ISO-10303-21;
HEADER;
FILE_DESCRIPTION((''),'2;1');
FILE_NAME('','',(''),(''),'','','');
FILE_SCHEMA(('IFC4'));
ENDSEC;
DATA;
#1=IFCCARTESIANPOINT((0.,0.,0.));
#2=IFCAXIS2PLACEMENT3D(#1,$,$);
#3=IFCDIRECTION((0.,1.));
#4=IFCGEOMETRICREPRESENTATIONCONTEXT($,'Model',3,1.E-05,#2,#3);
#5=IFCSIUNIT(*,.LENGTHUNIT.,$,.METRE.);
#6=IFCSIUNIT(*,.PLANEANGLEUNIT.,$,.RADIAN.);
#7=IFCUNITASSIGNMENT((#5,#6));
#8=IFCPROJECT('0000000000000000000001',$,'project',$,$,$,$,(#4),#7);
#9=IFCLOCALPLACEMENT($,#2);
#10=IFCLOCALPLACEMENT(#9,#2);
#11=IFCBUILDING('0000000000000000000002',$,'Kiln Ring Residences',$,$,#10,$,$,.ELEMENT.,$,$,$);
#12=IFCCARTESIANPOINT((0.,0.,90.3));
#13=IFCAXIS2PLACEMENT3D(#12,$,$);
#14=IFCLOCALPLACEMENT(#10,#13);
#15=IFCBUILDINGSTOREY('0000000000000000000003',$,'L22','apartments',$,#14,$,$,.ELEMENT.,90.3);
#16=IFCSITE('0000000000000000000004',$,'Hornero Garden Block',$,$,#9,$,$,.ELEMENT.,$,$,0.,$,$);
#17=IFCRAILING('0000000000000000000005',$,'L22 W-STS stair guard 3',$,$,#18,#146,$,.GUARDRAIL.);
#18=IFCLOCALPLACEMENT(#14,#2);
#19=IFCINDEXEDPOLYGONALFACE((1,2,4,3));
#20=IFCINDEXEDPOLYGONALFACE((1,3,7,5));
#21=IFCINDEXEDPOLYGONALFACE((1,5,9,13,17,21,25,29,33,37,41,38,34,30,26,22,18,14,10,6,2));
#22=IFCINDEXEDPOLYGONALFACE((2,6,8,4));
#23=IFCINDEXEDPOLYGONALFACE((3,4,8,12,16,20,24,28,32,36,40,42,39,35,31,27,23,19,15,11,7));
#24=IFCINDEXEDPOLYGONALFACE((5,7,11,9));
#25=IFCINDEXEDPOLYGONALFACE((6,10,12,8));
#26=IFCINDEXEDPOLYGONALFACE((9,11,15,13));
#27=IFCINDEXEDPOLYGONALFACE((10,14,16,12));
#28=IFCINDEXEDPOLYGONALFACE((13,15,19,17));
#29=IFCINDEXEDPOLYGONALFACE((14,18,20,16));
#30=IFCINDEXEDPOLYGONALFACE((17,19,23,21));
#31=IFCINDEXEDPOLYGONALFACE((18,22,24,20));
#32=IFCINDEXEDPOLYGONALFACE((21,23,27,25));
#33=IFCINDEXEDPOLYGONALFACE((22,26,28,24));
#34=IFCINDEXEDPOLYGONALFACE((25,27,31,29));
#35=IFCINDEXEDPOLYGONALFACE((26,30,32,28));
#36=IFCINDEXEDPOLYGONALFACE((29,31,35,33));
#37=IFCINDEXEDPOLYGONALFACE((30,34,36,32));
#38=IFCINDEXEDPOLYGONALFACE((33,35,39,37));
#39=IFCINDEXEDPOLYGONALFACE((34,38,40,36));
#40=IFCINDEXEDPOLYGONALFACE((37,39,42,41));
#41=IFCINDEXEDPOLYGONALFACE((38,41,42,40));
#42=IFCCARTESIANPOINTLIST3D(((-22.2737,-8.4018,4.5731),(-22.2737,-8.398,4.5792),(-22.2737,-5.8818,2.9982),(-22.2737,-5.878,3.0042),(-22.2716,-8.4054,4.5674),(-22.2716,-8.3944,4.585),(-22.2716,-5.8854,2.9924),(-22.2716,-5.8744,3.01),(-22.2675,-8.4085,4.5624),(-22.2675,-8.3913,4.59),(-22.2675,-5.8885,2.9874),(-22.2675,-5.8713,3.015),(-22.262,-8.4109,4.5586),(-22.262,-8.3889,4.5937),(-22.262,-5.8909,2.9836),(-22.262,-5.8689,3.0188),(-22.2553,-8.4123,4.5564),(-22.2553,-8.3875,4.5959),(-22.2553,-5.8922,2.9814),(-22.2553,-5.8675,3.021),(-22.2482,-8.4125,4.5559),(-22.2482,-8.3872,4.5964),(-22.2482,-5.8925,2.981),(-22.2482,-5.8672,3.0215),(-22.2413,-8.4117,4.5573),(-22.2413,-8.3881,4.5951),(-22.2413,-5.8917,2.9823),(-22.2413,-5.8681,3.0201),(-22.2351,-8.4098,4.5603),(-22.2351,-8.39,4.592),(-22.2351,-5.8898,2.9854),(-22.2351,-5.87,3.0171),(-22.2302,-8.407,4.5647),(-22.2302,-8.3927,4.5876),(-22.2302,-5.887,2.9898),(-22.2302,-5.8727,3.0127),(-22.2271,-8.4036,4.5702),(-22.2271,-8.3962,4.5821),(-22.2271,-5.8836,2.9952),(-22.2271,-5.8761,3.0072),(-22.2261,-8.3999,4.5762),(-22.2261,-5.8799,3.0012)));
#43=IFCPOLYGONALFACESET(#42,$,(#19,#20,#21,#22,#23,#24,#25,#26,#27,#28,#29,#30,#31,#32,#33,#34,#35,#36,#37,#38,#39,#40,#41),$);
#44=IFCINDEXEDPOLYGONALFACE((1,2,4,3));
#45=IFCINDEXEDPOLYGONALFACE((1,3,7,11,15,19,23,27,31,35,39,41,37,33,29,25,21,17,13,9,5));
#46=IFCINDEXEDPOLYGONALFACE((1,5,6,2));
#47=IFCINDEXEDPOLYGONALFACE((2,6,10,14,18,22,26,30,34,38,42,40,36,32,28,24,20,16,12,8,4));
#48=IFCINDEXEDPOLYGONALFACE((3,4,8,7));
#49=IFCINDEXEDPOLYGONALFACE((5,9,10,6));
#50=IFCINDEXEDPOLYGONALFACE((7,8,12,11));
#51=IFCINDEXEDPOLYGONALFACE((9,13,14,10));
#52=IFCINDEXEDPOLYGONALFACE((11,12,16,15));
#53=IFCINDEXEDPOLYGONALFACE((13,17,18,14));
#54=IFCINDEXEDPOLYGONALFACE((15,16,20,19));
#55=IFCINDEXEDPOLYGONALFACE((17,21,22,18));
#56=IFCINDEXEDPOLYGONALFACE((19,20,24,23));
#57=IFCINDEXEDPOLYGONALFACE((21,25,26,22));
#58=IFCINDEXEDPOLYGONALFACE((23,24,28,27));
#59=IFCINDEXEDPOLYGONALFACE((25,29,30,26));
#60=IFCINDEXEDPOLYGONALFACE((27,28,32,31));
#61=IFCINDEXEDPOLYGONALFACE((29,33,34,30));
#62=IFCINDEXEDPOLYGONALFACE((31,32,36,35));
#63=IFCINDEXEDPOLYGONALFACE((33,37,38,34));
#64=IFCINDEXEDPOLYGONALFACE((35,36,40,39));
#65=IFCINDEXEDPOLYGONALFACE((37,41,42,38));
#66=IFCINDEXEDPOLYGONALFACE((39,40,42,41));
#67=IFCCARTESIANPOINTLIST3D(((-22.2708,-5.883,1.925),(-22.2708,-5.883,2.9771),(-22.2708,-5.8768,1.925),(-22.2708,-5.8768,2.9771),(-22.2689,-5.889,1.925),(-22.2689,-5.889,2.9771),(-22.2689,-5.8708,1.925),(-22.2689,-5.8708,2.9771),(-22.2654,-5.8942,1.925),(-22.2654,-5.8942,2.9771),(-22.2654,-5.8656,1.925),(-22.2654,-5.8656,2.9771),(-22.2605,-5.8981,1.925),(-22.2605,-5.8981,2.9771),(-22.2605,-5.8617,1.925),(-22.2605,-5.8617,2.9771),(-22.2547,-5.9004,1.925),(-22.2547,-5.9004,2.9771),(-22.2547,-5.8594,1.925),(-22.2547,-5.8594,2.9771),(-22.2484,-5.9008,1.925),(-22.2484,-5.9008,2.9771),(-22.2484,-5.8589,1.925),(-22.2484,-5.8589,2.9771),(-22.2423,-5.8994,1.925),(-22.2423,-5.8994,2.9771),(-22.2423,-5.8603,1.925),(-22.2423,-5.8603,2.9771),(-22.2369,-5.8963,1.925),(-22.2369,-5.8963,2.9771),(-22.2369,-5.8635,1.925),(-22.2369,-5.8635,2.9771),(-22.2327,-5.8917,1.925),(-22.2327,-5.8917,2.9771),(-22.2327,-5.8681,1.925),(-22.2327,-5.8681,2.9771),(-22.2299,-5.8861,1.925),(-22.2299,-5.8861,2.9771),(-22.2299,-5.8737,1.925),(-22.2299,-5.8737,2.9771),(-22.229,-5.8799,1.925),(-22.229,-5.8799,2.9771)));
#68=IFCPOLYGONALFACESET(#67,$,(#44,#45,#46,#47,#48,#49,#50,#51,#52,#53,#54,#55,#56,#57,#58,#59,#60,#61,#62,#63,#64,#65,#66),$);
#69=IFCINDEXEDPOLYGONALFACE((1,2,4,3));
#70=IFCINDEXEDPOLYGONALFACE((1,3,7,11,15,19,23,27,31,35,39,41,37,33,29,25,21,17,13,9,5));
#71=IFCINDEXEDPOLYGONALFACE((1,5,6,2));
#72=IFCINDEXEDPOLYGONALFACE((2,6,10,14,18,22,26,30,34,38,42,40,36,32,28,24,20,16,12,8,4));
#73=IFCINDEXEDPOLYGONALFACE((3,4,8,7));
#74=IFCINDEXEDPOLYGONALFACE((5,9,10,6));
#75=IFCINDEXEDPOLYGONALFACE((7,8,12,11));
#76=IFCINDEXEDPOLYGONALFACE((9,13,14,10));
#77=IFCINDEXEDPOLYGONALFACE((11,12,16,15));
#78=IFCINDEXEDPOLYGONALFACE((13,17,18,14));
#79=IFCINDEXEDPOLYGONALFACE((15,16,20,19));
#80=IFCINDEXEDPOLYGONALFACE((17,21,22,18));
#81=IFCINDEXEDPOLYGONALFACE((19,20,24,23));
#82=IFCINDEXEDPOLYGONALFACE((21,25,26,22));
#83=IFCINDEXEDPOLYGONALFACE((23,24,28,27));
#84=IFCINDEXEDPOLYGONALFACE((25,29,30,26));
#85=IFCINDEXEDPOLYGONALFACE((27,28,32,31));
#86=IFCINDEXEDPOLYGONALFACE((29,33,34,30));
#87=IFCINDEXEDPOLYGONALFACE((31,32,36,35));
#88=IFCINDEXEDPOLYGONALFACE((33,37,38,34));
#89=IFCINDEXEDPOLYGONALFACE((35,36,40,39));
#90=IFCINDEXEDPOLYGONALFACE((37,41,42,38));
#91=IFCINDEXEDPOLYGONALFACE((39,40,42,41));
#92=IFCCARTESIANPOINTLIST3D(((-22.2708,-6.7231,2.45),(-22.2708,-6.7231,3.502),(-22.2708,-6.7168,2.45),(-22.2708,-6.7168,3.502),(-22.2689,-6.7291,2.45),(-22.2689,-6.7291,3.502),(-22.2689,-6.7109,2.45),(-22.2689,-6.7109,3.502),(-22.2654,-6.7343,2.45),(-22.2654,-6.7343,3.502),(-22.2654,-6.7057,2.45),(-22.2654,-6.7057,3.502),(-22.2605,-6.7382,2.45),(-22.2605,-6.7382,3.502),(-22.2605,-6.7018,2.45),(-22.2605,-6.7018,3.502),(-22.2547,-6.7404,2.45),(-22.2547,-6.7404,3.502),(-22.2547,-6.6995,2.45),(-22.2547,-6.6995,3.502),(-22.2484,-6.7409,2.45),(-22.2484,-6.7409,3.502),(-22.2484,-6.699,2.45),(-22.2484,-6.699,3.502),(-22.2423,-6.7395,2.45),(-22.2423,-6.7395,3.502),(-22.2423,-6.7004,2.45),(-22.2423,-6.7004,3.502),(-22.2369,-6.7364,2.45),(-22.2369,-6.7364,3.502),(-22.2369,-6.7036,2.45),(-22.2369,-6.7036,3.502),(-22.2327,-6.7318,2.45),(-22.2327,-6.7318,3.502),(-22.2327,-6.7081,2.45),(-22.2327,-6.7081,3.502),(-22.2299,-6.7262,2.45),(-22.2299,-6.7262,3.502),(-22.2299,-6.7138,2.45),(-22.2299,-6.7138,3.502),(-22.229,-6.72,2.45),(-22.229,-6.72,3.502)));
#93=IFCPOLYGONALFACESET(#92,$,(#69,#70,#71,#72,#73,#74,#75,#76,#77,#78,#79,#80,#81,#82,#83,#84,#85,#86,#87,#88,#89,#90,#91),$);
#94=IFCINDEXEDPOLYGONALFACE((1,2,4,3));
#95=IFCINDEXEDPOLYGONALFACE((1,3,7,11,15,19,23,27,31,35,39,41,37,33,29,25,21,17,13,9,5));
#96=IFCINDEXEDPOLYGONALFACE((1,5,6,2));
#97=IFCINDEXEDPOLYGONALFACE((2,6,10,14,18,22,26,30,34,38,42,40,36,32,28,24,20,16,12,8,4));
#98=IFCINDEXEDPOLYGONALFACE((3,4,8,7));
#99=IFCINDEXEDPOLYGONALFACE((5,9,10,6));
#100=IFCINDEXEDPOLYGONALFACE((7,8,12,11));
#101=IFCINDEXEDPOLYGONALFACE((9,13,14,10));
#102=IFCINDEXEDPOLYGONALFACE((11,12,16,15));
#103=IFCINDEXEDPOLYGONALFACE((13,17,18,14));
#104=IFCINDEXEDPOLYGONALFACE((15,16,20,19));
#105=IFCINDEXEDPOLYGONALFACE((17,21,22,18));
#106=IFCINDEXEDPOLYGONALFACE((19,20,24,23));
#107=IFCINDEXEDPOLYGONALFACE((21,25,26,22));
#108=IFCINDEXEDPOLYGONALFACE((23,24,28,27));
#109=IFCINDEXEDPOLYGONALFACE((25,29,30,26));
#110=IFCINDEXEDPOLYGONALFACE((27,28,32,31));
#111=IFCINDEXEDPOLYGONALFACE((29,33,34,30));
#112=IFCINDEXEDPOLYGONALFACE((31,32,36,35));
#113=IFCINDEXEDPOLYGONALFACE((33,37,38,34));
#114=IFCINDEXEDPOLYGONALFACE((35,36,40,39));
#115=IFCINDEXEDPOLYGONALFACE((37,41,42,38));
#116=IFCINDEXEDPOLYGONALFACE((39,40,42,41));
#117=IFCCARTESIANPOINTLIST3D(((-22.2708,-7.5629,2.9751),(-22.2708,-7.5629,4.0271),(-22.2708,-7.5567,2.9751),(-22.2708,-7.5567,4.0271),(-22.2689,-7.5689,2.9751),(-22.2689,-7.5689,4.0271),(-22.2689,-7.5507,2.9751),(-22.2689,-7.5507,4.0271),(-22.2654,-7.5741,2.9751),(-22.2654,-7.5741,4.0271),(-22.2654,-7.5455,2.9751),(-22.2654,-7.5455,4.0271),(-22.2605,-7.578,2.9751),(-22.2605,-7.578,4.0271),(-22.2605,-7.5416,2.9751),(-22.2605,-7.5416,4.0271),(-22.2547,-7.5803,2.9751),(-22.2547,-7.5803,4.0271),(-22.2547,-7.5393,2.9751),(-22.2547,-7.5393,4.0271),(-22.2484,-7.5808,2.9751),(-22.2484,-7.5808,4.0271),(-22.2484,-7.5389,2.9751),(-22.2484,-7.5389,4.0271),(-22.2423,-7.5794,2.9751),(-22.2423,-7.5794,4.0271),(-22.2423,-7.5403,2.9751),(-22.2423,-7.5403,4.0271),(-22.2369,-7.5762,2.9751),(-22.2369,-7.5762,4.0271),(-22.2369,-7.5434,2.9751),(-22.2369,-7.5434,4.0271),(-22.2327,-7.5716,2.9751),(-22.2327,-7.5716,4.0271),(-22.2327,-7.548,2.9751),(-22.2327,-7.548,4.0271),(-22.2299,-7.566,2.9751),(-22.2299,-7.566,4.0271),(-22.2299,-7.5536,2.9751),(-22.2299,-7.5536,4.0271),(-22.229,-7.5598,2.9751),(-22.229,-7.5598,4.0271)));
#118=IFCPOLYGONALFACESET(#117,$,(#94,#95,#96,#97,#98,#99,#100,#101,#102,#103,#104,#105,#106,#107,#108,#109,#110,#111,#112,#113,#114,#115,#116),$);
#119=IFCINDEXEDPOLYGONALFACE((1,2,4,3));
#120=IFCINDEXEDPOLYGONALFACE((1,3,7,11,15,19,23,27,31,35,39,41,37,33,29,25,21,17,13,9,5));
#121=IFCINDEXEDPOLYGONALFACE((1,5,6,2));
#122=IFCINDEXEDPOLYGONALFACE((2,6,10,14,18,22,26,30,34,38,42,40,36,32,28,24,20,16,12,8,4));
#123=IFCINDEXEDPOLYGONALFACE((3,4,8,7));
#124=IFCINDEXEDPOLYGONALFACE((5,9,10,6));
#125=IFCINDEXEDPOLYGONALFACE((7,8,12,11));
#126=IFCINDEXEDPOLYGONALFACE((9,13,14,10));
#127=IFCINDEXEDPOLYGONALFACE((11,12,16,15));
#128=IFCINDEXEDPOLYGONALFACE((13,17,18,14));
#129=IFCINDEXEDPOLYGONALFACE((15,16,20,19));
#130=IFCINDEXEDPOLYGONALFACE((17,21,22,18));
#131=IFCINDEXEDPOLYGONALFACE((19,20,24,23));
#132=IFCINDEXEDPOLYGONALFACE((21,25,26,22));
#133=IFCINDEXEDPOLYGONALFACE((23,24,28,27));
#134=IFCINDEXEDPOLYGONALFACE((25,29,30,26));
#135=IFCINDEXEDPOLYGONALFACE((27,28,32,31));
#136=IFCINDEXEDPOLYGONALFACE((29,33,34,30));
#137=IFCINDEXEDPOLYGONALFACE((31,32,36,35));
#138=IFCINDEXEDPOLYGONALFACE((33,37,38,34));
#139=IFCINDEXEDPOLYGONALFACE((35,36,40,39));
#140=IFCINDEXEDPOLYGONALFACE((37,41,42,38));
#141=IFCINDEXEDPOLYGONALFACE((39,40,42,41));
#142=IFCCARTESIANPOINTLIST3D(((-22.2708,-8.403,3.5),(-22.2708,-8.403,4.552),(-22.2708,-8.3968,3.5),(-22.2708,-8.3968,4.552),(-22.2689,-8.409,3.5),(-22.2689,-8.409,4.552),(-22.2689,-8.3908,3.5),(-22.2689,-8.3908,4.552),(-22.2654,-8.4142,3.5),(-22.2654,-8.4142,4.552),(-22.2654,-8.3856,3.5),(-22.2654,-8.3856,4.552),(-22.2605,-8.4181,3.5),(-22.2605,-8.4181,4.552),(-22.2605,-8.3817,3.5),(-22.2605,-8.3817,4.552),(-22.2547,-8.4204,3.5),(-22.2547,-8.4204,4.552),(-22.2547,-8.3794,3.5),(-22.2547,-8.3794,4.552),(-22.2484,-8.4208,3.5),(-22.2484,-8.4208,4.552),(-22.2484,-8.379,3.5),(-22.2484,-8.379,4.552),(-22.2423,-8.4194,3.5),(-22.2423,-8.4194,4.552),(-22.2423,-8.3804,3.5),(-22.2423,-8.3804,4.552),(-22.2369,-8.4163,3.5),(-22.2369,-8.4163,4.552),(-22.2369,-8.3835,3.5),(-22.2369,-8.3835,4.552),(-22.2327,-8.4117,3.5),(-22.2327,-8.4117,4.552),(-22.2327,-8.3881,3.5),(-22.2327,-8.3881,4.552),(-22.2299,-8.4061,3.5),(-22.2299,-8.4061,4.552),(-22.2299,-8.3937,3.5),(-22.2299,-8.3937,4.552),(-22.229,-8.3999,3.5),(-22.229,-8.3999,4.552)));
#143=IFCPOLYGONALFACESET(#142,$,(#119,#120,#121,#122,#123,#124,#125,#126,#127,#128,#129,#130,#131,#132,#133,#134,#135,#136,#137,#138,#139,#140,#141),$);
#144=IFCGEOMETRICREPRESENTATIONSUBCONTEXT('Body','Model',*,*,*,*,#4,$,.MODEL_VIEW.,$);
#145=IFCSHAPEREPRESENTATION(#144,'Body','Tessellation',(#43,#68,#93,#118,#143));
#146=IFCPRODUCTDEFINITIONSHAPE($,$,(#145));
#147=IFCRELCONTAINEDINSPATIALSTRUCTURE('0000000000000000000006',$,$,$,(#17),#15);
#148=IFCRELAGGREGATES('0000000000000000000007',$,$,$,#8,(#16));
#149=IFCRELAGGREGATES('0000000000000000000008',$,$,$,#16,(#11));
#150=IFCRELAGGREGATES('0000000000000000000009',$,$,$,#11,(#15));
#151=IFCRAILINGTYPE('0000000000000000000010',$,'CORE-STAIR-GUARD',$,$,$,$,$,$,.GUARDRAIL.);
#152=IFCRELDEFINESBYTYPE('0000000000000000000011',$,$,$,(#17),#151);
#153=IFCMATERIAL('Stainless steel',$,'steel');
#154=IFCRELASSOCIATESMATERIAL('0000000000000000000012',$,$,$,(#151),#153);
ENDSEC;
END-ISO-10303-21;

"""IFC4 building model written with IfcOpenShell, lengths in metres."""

from ifc_helpers import new_model, si_unit, direction, frame, origin, origin_2d, place, context, subcontext, project, spatial, circle, extrude, material, type_object, element, save


model = new_model("IFC4")

# Units and contexts
model_context = context("Model", 3, precision=1e-05, world=origin(), true_north=direction((0.0, 1.0)))
body_context = subcontext(model_context, "Body", "Model", "MODEL_VIEW")
ifc_project = project(units=[si_unit("LENGTHUNIT", "METRE"), si_unit("PLANEANGLEUNIT", "RADIAN")], contexts=[model_context])

# Site, building, storey
site_placement = place(None, origin())
site = spatial("IfcSite", under=ifc_project, at=site_placement, Name="Hornero Garden Block", CompositionType="ELEMENT", RefElevation=0.0)
building_placement = place(site_placement, origin())
building = spatial("IfcBuilding", under=site, at=building_placement, Name="Kiln Ring Residences", CompositionType="ELEMENT")
storey_placement = place(building_placement, frame((0.0, 0.0, 90.3)))
storey = spatial("IfcBuildingStorey", under=building, at=storey_placement, Name="L22", Description="apartments", CompositionType="ELEMENT", Elevation=90.3)

# Railing
ifc_material_1 = material(Name="Stainless steel", Category="steel")
railing_type_1 = type_object("IfcRailingType", Name="CORE-STAIR-GUARD", PredefinedType="GUARDRAIL", material=ifc_material_1)
railing_1_placement = place(storey_placement, frame((-22.25, -5.8799, 1.925)))
element("IfcRailing", 1, at=railing_1_placement, inside=storey, type_object=railing_type_1, Name="L22 W-STS stair guard 3", PredefinedType="GUARDRAIL", context=body_context, shape_type="SweptSolid", body=[
    extrude(circle(Radius=0.0239, at=origin_2d()), frame((0.0, 0.0, 1.0762), z_axis=(0.0, -0.848008, 0.529984), x_axis=(1.0, 0.0, 0.0)), (0.0, 0.0, 1.0), 2.9717),
    extrude(circle(Radius=0.021, at=origin_2d()), origin(), (0.0, 0.0, 1.0), 1.052),
    extrude(circle(Radius=0.021, at=origin_2d()), frame((0.0, -0.8401, 0.5249)), (0.0, 0.0, 1.0), 1.052),
    extrude(circle(Radius=0.021, at=origin_2d()), frame((0.0, -1.6799, 1.05)), (0.0, 0.0, 1.0), 1.052),
    extrude(circle(Radius=0.021, at=origin_2d()), frame((0.0, -2.52, 1.575)), (0.0, 0.0, 1.0), 1.052),
])

save(model, "model.ifc")
